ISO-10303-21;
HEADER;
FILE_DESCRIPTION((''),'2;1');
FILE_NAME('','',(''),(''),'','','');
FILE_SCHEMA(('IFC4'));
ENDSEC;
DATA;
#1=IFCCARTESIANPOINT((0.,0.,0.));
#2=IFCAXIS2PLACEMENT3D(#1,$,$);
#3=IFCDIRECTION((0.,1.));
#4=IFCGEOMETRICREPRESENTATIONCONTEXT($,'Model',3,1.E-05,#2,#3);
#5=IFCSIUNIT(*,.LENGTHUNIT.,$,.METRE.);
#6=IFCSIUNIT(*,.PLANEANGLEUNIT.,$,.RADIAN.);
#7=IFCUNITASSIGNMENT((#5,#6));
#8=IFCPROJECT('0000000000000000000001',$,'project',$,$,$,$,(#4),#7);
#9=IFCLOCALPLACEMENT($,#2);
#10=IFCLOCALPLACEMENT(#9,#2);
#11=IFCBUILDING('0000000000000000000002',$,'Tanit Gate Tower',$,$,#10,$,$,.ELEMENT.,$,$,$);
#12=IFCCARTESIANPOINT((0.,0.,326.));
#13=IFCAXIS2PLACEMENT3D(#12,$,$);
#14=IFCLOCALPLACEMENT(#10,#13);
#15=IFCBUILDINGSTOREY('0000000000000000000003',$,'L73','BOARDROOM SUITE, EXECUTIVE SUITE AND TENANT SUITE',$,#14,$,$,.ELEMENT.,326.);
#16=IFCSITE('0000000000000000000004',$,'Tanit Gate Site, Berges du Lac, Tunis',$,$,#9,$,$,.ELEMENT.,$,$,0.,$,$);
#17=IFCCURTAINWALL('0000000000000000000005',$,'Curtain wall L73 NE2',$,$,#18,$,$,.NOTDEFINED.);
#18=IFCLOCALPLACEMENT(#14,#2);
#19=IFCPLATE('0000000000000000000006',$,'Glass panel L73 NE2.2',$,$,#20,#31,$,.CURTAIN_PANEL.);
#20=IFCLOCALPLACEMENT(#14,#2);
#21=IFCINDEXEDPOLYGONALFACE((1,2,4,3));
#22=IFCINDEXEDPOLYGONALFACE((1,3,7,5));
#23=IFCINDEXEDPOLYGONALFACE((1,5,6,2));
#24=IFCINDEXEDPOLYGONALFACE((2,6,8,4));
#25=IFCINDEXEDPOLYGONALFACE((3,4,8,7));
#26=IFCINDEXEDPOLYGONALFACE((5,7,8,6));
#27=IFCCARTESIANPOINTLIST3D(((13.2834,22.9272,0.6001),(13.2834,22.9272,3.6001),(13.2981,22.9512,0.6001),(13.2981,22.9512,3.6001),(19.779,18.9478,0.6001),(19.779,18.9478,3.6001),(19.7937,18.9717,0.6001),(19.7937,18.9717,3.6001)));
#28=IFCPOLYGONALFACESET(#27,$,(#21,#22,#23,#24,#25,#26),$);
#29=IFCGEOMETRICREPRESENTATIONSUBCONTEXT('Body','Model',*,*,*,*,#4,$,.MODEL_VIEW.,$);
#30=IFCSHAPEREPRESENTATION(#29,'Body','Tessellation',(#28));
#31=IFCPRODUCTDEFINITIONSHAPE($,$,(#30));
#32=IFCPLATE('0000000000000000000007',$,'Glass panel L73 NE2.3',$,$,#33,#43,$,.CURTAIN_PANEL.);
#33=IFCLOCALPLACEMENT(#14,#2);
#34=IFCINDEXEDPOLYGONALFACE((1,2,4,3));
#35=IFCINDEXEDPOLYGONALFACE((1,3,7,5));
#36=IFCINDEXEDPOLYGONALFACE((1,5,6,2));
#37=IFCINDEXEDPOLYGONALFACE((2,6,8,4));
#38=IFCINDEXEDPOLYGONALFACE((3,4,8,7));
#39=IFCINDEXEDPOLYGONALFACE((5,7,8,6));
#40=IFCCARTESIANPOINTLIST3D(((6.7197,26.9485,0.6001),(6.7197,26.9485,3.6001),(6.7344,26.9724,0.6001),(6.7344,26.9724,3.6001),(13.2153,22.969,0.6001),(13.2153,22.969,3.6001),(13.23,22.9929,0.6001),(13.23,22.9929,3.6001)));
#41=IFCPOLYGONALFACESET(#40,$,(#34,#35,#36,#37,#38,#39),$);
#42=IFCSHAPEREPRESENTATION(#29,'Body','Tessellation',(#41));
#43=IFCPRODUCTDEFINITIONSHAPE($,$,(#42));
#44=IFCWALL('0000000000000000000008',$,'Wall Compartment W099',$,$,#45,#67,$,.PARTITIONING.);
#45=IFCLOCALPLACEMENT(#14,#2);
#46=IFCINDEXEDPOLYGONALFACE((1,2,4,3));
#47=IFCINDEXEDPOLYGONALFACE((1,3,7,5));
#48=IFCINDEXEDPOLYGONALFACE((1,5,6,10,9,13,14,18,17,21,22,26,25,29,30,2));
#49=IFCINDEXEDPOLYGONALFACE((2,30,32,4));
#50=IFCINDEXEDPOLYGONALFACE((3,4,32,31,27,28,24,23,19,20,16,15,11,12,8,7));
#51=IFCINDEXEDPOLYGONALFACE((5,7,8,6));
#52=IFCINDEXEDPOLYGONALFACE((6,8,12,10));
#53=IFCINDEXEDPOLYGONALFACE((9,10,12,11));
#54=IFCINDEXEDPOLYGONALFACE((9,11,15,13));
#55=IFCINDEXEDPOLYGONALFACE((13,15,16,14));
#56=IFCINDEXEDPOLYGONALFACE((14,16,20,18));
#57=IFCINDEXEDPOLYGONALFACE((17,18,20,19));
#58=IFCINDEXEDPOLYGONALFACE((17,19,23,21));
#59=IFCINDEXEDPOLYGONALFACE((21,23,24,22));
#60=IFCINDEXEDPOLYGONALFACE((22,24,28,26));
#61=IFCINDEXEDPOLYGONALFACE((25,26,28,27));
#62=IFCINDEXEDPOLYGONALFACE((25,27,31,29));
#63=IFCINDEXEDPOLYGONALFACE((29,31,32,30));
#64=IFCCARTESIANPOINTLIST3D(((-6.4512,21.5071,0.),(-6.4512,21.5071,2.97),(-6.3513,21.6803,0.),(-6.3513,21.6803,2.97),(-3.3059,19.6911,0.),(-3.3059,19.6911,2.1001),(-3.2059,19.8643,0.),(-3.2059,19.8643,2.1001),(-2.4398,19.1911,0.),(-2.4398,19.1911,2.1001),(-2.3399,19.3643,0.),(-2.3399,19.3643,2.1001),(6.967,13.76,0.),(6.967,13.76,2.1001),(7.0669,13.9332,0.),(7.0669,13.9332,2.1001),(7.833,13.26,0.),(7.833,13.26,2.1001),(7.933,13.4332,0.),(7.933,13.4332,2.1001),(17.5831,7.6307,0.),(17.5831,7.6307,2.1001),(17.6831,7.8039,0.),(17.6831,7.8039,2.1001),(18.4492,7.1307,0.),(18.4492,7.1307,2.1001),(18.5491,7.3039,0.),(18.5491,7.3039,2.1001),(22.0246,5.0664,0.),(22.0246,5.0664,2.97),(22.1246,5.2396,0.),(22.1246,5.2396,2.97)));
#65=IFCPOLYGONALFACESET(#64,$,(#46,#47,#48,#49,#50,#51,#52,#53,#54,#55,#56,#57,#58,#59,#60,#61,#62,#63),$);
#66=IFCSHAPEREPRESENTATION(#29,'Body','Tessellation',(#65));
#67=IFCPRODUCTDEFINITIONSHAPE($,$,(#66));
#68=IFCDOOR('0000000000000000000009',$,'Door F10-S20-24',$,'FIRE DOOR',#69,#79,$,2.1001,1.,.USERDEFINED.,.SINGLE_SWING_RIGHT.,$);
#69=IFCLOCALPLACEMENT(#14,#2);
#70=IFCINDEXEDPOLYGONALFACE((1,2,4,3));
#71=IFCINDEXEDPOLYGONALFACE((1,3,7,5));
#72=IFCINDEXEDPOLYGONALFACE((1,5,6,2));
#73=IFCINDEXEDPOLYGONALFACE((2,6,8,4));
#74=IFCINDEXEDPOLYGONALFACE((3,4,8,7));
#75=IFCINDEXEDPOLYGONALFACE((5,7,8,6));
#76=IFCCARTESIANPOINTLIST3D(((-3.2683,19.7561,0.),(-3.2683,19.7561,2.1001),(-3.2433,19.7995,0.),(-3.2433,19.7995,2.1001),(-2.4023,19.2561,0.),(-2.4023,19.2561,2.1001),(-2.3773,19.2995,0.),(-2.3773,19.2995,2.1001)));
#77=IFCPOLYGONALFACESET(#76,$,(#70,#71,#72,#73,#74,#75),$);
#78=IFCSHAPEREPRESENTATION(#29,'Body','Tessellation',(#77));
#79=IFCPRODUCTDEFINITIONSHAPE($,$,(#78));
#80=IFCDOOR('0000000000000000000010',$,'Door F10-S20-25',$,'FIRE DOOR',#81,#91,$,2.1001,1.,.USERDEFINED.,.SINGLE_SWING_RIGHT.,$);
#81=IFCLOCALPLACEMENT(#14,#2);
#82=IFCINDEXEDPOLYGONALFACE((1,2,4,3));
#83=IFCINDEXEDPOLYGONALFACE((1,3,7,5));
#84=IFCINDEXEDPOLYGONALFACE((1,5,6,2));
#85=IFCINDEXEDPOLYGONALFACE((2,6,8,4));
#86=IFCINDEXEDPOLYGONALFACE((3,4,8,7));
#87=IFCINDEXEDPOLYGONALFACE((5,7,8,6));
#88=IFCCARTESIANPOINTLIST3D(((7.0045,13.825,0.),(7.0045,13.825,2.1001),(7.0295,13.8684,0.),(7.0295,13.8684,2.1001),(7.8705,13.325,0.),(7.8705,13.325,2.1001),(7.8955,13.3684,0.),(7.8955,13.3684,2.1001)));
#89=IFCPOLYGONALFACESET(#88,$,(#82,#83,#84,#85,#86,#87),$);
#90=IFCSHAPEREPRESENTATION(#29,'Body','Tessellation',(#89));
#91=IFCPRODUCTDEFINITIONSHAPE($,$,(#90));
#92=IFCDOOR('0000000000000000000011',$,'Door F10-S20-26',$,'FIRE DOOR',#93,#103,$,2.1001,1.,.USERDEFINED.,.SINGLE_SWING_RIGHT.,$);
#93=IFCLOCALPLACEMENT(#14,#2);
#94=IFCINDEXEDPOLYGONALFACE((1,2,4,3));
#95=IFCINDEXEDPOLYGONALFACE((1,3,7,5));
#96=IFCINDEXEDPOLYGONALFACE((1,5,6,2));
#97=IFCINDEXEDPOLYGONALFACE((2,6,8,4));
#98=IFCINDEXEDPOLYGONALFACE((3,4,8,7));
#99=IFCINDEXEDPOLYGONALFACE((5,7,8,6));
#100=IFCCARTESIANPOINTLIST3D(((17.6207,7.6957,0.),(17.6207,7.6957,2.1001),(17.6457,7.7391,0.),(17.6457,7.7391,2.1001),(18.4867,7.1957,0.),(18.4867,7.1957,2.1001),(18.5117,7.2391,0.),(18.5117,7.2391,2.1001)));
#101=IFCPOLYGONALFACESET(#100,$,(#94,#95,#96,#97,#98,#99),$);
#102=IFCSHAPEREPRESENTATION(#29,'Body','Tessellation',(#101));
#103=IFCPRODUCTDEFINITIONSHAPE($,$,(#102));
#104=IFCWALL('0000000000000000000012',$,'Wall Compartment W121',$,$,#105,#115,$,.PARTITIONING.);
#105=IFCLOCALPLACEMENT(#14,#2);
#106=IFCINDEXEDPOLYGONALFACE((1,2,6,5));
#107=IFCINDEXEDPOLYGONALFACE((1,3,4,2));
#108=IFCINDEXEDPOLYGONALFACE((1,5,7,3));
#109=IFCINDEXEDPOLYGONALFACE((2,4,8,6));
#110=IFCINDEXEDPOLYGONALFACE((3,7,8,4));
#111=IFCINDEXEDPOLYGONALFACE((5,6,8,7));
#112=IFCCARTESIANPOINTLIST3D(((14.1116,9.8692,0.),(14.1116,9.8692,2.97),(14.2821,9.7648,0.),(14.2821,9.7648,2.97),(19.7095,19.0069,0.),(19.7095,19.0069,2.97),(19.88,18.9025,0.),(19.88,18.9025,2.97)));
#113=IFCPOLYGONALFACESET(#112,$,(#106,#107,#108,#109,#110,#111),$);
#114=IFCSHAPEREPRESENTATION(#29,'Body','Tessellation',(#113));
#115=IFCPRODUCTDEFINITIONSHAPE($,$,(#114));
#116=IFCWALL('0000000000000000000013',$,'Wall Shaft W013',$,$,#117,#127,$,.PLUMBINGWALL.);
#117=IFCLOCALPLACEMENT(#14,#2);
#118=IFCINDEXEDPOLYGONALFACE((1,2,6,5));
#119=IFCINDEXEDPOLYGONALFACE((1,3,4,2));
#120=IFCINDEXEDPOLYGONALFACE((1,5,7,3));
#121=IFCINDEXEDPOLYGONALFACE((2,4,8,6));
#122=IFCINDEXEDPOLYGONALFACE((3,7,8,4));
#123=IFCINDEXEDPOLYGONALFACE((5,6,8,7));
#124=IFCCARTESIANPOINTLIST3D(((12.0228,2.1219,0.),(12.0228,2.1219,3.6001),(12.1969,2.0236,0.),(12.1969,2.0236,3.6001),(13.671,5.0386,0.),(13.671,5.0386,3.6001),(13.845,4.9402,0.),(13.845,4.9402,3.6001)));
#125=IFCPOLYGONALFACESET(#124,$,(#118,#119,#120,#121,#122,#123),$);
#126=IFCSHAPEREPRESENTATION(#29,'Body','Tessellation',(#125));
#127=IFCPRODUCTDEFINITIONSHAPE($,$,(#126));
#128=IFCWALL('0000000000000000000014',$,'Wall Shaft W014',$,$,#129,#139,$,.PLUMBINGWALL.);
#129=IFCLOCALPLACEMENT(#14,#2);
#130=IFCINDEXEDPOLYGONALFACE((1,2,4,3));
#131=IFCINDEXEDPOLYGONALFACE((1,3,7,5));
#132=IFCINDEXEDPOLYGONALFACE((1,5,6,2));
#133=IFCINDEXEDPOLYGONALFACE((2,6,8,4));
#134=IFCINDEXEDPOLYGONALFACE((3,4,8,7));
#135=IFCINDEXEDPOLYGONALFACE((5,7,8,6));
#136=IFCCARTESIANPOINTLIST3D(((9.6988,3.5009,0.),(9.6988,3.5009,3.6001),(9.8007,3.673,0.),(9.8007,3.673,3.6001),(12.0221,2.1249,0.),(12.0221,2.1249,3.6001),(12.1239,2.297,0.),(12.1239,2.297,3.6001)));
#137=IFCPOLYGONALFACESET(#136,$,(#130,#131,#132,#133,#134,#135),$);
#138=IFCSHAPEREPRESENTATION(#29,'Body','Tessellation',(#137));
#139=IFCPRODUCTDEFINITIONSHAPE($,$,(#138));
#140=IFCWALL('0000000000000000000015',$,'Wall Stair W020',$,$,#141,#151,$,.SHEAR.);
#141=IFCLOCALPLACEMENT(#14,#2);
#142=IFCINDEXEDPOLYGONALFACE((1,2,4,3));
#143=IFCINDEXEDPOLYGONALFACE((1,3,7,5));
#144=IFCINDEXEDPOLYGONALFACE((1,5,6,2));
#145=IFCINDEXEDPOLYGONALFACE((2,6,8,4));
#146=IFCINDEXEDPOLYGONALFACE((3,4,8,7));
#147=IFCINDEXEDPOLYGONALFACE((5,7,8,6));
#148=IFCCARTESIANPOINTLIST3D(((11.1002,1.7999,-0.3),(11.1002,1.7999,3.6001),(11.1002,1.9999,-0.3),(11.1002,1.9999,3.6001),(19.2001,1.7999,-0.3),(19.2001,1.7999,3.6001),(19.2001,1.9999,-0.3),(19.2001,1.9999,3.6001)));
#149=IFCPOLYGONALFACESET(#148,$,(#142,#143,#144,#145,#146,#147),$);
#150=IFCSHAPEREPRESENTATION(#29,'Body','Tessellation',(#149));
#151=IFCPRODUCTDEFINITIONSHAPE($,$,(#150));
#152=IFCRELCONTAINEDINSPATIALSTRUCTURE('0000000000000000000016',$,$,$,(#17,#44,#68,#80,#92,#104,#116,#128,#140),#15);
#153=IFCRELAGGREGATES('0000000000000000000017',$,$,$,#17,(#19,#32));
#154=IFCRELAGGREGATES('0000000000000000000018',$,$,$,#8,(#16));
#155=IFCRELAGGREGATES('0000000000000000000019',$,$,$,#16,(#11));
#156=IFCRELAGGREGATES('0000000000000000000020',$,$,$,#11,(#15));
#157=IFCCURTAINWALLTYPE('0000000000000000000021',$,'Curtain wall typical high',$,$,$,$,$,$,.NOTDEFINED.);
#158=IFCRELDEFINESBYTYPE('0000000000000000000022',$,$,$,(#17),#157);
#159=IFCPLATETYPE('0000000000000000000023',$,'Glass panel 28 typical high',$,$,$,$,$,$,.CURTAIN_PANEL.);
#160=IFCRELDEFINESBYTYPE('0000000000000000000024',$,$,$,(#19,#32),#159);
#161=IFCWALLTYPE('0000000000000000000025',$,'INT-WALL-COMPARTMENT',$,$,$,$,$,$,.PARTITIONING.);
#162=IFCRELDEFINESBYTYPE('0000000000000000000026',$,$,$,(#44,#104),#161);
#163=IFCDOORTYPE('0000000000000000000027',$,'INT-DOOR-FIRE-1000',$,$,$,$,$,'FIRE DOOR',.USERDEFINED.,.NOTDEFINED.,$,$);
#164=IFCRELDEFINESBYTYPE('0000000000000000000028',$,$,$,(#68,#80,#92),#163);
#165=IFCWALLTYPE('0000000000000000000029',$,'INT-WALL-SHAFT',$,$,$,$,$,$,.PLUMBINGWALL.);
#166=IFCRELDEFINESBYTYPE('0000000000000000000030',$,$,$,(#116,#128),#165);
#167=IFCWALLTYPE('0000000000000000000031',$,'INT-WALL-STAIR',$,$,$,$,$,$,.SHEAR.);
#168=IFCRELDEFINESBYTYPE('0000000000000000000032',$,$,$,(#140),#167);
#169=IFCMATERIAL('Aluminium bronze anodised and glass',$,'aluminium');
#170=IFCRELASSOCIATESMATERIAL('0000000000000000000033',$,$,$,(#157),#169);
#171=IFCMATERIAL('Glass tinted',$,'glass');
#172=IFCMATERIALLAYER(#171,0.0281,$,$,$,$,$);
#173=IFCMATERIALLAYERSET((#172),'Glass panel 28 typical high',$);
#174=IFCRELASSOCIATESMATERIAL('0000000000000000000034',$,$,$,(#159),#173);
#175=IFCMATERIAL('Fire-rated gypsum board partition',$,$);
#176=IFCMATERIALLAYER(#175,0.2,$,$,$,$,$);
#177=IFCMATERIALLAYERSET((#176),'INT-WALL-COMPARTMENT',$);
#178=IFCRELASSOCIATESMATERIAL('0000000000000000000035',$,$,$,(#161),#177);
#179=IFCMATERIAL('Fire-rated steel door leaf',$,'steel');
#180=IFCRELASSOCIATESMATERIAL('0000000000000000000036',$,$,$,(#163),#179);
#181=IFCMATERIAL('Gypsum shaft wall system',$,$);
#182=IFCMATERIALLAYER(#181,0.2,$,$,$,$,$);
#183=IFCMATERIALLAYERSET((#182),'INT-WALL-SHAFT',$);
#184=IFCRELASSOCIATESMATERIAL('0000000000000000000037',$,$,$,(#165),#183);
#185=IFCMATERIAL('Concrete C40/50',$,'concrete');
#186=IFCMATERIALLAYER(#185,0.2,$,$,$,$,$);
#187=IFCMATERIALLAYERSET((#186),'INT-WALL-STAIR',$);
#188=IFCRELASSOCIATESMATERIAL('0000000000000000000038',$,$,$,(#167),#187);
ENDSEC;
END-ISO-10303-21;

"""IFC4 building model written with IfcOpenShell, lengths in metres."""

from ifc_helpers import new_model, si_unit, direction, frame, frame_2d, origin, origin_2d, place, context, subcontext, project, spatial, rectangle, extrude, material, layer, layer_set, type_object, element, fill, aggregate, save


model = new_model("IFC4")

# Units and contexts
model_context = context("Model", 3, precision=1e-05, world=origin(), true_north=direction((0.0, 1.0)))
body_context = subcontext(model_context, "Body", "Model", "MODEL_VIEW")
ifc_project = project(units=[si_unit("LENGTHUNIT", "METRE"), si_unit("PLANEANGLEUNIT", "RADIAN")], contexts=[model_context])

# Site, building, storey
site_placement = place(None, origin())
site = spatial("IfcSite", under=ifc_project, at=site_placement, Name="Tanit Gate Site, Berges du Lac, Tunis", CompositionType="ELEMENT", RefElevation=0.0)
building_placement = place(site_placement, origin())
building = spatial("IfcBuilding", under=site, at=building_placement, Name="Tanit Gate Tower", CompositionType="ELEMENT")
storey_placement = place(building_placement, frame((0.0, 0.0, 326.0)))
storey = spatial("IfcBuildingStorey", under=building, at=storey_placement, Name="L73", Description="BOARDROOM SUITE, EXECUTIVE SUITE AND TENANT SUITE", CompositionType="ELEMENT", Elevation=326.0)

# Curtain wall
ifc_material_1 = material(Name="Aluminium bronze anodised and glass", Category="aluminium")
curtain_wall_type = type_object("IfcCurtainWallType", Name="Curtain wall typical high", PredefinedType="NOTDEFINED", material=ifc_material_1)
curtain_wall_placement = place(storey_placement, origin())
curtain_wall = element("IfcCurtainWall", 1, at=curtain_wall_placement, inside=storey, type_object=curtain_wall_type, Name="Curtain wall L73 NE2", PredefinedType="NOTDEFINED")

# Plates
ifc_material_2 = material(Name="Glass tinted", Category="glass")
ifc_layer_1 = layer(ifc_material_2, 0.0281)
ifc_layer_set_1 = layer_set([ifc_layer_1], Name="Glass panel 28 typical high")
plate_type = type_object("IfcPlateType", Name="Glass panel 28 typical high", PredefinedType="CURTAIN_PANEL", material=ifc_layer_set_1)
plate_1_placement = place(storey_placement, frame((16.5386, 20.9495, 0.6001), z_axis=(0.0, 0.0, 1.0), x_axis=(-0.8527, 0.522401, 0.0)))
plate_1 = element("IfcPlate", 2, at=plate_1_placement, type_object=plate_type, Name="Glass panel L73 NE2.2", PredefinedType="CURTAIN_PANEL", context=body_context, shape_type="SweptSolid", body=[
    extrude(rectangle(XDim=7.6177, YDim=0.0281, at=origin_2d()), origin(), (0.0, 0.0, 1.0), 3.0),
])
plate_2_placement = place(storey_placement, frame((9.9749, 24.9707, 0.6001), z_axis=(0.0, 0.0, 1.0), x_axis=(-0.8527, 0.522401, 0.0)))
plate_2 = element("IfcPlate", 3, at=plate_2_placement, type_object=plate_type, Name="Glass panel L73 NE2.3", PredefinedType="CURTAIN_PANEL", context=body_context, shape_type="SweptSolid", body=[
    extrude(rectangle(XDim=7.6177, YDim=0.0281, at=origin_2d()), origin(), (0.0, 0.0, 1.0), 3.0),
])
aggregate(curtain_wall, [plate_1, plate_2])

# Wall, openings, doors
ifc_material_3 = material(Name="Fire-rated gypsum board partition")
ifc_layer_2 = layer(ifc_material_3, 0.2)
ifc_layer_set_2 = layer_set([ifc_layer_2], Name="INT-WALL-COMPARTMENT")
wall_type_1 = type_object("IfcWallType", Name="INT-WALL-COMPARTMENT", PredefinedType="PARTITIONING", material=ifc_layer_set_2)
wall_1_placement = place(storey_placement, frame((22.0745, 5.1531, 0.0), z_axis=(0.0, 0.0, 1.0), x_axis=(-0.866023, 0.500003, 0.0)))
wall_1 = element("IfcWall", 4, at=wall_1_placement, inside=storey, type_object=wall_type_1, Name="Wall Compartment W099", PredefinedType="PARTITIONING", context=body_context, shape_type="SweptSolid", body=[
    extrude(rectangle(XDim=32.8811, YDim=0.2, at=frame_2d((16.4404, 0.0))), origin(), (0.0, 0.0, 1.0), 2.97),
])
opening_1_placement = place(wall_1_placement, frame((28.249, 0.0, 0.0)))
opening_1 = element("IfcOpeningElement", 5, at=opening_1_placement, cuts=wall_1, PredefinedType="OPENING", context=body_context, shape_type="SweptSolid", body=[
    extrude(rectangle(XDim=1.0, YDim=2.1001, at=frame_2d((0.5, 1.05))), frame((0.0, 0.1099, 0.0), z_axis=(0.0, -1.0, 0.0), x_axis=(1.0, 0.0, 0.0)), (0.0, 0.0, 1.0), 0.22),
])
opening_2_placement = place(wall_1_placement, frame((16.387, 0.0, 0.0)))
opening_2 = element("IfcOpeningElement", 6, at=opening_2_placement, cuts=wall_1, PredefinedType="OPENING", context=body_context, shape_type="SweptSolid", body=[
    extrude(rectangle(XDim=1.0, YDim=2.1001, at=frame_2d((0.5, 1.05))), frame((0.0, 0.1099, 0.0), z_axis=(0.0, -1.0, 0.0), x_axis=(1.0, 0.0, 0.0)), (0.0, 0.0, 1.0), 0.22),
])
opening_3_placement = place(wall_1_placement, frame((4.1284, 0.0, 0.0)))
opening_3 = element("IfcOpeningElement", 7, at=opening_3_placement, cuts=wall_1, PredefinedType="OPENING", context=body_context, shape_type="SweptSolid", body=[
    extrude(rectangle(XDim=1.0, YDim=2.1001, at=frame_2d((0.5, 1.05))), frame((0.0, 0.1099, 0.0), z_axis=(0.0, -1.0, 0.0), x_axis=(1.0, 0.0, 0.0)), (0.0, 0.0, 1.0), 0.22),
])
ifc_material_4 = material(Name="Fire-rated steel door leaf", Category="steel")
door_type_1 = type_object("IfcDoorType", Name="INT-DOOR-FIRE-1000", ElementType="FIRE DOOR", OperationType="NOTDEFINED", PredefinedType="USERDEFINED", material=ifc_material_4)
door_1_placement = place(opening_1_placement, origin())
door_1 = element("IfcDoor", 8, at=door_1_placement, inside=storey, type_object=door_type_1, Name="Door F10-S20-24", ObjectType="FIRE DOOR", OperationType="SINGLE_SWING_RIGHT", OverallHeight=2.1001, OverallWidth=1.0, PredefinedType="USERDEFINED", context=body_context, shape_type="SweptSolid", body=[
    extrude(rectangle(XDim=1.0, YDim=2.1001, at=frame_2d((0.5, 1.05))), frame((0.0, 0.0249, 0.0), z_axis=(0.0, -1.0, 0.0), x_axis=(1.0, 0.0, 0.0)), (0.0, 0.0, 1.0), 0.05),
])
fill(opening_1, door_1)
door_2_placement = place(opening_2_placement, origin())
door_2 = element("IfcDoor", 9, at=door_2_placement, inside=storey, type_object=door_type_1, Name="Door F10-S20-25", ObjectType="FIRE DOOR", OperationType="SINGLE_SWING_RIGHT", OverallHeight=2.1001, OverallWidth=1.0, PredefinedType="USERDEFINED", context=body_context, shape_type="SweptSolid", body=[
    extrude(rectangle(XDim=1.0, YDim=2.1001, at=frame_2d((0.5, 1.05))), frame((0.0, 0.0249, 0.0), z_axis=(0.0, -1.0, 0.0), x_axis=(1.0, 0.0, 0.0)), (0.0, 0.0, 1.0), 0.05),
])
fill(opening_2, door_2)
door_3_placement = place(opening_3_placement, origin())
door_3 = element("IfcDoor", 10, at=door_3_placement, inside=storey, type_object=door_type_1, Name="Door F10-S20-26", ObjectType="FIRE DOOR", OperationType="SINGLE_SWING_RIGHT", OverallHeight=2.1001, OverallWidth=1.0, PredefinedType="USERDEFINED", context=body_context, shape_type="SweptSolid", body=[
    extrude(rectangle(XDim=1.0, YDim=2.1001, at=frame_2d((0.5, 1.05))), frame((0.0, 0.0249, 0.0), z_axis=(0.0, -1.0, 0.0), x_axis=(1.0, 0.0, 0.0)), (0.0, 0.0, 1.0), 0.05),
])
fill(opening_3, door_3)

# Walls
wall_2_placement = place(storey_placement, frame((19.7947, 18.9546, 0.0), z_axis=(0.0, 0.0, 1.0), x_axis=(-0.522384, -0.85271, 0.0)))
element("IfcWall", 11, at=wall_2_placement, inside=storey, type_object=wall_type_1, Name="Wall Compartment W121", PredefinedType="PARTITIONING", context=body_context, shape_type="SweptSolid", body=[
    extrude(rectangle(XDim=10.7161, YDim=0.2, at=frame_2d((5.3579, 0.0))), origin(), (0.0, 0.0, 1.0), 2.97),
])
ifc_material_5 = material(Name="Gypsum shaft wall system")
ifc_layer_3 = layer(ifc_material_5, 0.2)
ifc_layer_set_3 = layer_set([ifc_layer_3], Name="INT-WALL-SHAFT")
wall_type_2 = type_object("IfcWallType", Name="INT-WALL-SHAFT", PredefinedType="PLUMBINGWALL", material=ifc_layer_set_3)
wall_3_placement = place(storey_placement, frame((12.1099, 2.0728, 0.0), z_axis=(0.0, 0.0, 1.0), x_axis=(0.491966, 0.870614, 0.0)))
element("IfcWall", 12, at=wall_3_placement, inside=storey, type_object=wall_type_2, Name="Wall Shaft W013", PredefinedType="PLUMBINGWALL", context=body_context, shape_type="SweptSolid", body=[
    extrude(rectangle(XDim=3.3501, YDim=0.2, at=frame_2d((1.675, 0.0))), origin(), (0.0, 0.0, 1.0), 3.6001),
])
wall_4_placement = place(storey_placement, frame((12.073, 2.2109, 0.0), z_axis=(0.0, 0.0, 1.0), x_axis=(-0.860415, 0.509594, 0.0)))
element("IfcWall", 13, at=wall_4_placement, inside=storey, type_object=wall_type_2, Name="Wall Shaft W014", PredefinedType="PLUMBINGWALL", context=body_context, shape_type="SweptSolid", body=[
    extrude(rectangle(XDim=2.7002, YDim=0.2, at=frame_2d((1.3501, 0.0))), origin(), (0.0, 0.0, 1.0), 3.6001),
])
ifc_material_6 = material(Name="Concrete C40/50", Category="concrete")
ifc_layer_4 = layer(ifc_material_6, 0.2)
ifc_layer_set_4 = layer_set([ifc_layer_4], Name="INT-WALL-STAIR")
wall_type_3 = type_object("IfcWallType", Name="INT-WALL-STAIR", PredefinedType="SHEAR", material=ifc_layer_set_4)
wall_5_placement = place(storey_placement, frame((19.2, 1.8999, -0.3), z_axis=(0.0, 0.0, 1.0), x_axis=(-1.0, 0.0, 0.0)))
element("IfcWall", 14, at=wall_5_placement, inside=storey, type_object=wall_type_3, Name="Wall Stair W020", PredefinedType="SHEAR", context=body_context, shape_type="SweptSolid", body=[
    extrude(rectangle(XDim=8.0999, YDim=0.2, at=frame_2d((4.0498, 0.0))), origin(), (0.0, 0.0, 1.0), 3.9001),
])

save(model, "model.ifc")
